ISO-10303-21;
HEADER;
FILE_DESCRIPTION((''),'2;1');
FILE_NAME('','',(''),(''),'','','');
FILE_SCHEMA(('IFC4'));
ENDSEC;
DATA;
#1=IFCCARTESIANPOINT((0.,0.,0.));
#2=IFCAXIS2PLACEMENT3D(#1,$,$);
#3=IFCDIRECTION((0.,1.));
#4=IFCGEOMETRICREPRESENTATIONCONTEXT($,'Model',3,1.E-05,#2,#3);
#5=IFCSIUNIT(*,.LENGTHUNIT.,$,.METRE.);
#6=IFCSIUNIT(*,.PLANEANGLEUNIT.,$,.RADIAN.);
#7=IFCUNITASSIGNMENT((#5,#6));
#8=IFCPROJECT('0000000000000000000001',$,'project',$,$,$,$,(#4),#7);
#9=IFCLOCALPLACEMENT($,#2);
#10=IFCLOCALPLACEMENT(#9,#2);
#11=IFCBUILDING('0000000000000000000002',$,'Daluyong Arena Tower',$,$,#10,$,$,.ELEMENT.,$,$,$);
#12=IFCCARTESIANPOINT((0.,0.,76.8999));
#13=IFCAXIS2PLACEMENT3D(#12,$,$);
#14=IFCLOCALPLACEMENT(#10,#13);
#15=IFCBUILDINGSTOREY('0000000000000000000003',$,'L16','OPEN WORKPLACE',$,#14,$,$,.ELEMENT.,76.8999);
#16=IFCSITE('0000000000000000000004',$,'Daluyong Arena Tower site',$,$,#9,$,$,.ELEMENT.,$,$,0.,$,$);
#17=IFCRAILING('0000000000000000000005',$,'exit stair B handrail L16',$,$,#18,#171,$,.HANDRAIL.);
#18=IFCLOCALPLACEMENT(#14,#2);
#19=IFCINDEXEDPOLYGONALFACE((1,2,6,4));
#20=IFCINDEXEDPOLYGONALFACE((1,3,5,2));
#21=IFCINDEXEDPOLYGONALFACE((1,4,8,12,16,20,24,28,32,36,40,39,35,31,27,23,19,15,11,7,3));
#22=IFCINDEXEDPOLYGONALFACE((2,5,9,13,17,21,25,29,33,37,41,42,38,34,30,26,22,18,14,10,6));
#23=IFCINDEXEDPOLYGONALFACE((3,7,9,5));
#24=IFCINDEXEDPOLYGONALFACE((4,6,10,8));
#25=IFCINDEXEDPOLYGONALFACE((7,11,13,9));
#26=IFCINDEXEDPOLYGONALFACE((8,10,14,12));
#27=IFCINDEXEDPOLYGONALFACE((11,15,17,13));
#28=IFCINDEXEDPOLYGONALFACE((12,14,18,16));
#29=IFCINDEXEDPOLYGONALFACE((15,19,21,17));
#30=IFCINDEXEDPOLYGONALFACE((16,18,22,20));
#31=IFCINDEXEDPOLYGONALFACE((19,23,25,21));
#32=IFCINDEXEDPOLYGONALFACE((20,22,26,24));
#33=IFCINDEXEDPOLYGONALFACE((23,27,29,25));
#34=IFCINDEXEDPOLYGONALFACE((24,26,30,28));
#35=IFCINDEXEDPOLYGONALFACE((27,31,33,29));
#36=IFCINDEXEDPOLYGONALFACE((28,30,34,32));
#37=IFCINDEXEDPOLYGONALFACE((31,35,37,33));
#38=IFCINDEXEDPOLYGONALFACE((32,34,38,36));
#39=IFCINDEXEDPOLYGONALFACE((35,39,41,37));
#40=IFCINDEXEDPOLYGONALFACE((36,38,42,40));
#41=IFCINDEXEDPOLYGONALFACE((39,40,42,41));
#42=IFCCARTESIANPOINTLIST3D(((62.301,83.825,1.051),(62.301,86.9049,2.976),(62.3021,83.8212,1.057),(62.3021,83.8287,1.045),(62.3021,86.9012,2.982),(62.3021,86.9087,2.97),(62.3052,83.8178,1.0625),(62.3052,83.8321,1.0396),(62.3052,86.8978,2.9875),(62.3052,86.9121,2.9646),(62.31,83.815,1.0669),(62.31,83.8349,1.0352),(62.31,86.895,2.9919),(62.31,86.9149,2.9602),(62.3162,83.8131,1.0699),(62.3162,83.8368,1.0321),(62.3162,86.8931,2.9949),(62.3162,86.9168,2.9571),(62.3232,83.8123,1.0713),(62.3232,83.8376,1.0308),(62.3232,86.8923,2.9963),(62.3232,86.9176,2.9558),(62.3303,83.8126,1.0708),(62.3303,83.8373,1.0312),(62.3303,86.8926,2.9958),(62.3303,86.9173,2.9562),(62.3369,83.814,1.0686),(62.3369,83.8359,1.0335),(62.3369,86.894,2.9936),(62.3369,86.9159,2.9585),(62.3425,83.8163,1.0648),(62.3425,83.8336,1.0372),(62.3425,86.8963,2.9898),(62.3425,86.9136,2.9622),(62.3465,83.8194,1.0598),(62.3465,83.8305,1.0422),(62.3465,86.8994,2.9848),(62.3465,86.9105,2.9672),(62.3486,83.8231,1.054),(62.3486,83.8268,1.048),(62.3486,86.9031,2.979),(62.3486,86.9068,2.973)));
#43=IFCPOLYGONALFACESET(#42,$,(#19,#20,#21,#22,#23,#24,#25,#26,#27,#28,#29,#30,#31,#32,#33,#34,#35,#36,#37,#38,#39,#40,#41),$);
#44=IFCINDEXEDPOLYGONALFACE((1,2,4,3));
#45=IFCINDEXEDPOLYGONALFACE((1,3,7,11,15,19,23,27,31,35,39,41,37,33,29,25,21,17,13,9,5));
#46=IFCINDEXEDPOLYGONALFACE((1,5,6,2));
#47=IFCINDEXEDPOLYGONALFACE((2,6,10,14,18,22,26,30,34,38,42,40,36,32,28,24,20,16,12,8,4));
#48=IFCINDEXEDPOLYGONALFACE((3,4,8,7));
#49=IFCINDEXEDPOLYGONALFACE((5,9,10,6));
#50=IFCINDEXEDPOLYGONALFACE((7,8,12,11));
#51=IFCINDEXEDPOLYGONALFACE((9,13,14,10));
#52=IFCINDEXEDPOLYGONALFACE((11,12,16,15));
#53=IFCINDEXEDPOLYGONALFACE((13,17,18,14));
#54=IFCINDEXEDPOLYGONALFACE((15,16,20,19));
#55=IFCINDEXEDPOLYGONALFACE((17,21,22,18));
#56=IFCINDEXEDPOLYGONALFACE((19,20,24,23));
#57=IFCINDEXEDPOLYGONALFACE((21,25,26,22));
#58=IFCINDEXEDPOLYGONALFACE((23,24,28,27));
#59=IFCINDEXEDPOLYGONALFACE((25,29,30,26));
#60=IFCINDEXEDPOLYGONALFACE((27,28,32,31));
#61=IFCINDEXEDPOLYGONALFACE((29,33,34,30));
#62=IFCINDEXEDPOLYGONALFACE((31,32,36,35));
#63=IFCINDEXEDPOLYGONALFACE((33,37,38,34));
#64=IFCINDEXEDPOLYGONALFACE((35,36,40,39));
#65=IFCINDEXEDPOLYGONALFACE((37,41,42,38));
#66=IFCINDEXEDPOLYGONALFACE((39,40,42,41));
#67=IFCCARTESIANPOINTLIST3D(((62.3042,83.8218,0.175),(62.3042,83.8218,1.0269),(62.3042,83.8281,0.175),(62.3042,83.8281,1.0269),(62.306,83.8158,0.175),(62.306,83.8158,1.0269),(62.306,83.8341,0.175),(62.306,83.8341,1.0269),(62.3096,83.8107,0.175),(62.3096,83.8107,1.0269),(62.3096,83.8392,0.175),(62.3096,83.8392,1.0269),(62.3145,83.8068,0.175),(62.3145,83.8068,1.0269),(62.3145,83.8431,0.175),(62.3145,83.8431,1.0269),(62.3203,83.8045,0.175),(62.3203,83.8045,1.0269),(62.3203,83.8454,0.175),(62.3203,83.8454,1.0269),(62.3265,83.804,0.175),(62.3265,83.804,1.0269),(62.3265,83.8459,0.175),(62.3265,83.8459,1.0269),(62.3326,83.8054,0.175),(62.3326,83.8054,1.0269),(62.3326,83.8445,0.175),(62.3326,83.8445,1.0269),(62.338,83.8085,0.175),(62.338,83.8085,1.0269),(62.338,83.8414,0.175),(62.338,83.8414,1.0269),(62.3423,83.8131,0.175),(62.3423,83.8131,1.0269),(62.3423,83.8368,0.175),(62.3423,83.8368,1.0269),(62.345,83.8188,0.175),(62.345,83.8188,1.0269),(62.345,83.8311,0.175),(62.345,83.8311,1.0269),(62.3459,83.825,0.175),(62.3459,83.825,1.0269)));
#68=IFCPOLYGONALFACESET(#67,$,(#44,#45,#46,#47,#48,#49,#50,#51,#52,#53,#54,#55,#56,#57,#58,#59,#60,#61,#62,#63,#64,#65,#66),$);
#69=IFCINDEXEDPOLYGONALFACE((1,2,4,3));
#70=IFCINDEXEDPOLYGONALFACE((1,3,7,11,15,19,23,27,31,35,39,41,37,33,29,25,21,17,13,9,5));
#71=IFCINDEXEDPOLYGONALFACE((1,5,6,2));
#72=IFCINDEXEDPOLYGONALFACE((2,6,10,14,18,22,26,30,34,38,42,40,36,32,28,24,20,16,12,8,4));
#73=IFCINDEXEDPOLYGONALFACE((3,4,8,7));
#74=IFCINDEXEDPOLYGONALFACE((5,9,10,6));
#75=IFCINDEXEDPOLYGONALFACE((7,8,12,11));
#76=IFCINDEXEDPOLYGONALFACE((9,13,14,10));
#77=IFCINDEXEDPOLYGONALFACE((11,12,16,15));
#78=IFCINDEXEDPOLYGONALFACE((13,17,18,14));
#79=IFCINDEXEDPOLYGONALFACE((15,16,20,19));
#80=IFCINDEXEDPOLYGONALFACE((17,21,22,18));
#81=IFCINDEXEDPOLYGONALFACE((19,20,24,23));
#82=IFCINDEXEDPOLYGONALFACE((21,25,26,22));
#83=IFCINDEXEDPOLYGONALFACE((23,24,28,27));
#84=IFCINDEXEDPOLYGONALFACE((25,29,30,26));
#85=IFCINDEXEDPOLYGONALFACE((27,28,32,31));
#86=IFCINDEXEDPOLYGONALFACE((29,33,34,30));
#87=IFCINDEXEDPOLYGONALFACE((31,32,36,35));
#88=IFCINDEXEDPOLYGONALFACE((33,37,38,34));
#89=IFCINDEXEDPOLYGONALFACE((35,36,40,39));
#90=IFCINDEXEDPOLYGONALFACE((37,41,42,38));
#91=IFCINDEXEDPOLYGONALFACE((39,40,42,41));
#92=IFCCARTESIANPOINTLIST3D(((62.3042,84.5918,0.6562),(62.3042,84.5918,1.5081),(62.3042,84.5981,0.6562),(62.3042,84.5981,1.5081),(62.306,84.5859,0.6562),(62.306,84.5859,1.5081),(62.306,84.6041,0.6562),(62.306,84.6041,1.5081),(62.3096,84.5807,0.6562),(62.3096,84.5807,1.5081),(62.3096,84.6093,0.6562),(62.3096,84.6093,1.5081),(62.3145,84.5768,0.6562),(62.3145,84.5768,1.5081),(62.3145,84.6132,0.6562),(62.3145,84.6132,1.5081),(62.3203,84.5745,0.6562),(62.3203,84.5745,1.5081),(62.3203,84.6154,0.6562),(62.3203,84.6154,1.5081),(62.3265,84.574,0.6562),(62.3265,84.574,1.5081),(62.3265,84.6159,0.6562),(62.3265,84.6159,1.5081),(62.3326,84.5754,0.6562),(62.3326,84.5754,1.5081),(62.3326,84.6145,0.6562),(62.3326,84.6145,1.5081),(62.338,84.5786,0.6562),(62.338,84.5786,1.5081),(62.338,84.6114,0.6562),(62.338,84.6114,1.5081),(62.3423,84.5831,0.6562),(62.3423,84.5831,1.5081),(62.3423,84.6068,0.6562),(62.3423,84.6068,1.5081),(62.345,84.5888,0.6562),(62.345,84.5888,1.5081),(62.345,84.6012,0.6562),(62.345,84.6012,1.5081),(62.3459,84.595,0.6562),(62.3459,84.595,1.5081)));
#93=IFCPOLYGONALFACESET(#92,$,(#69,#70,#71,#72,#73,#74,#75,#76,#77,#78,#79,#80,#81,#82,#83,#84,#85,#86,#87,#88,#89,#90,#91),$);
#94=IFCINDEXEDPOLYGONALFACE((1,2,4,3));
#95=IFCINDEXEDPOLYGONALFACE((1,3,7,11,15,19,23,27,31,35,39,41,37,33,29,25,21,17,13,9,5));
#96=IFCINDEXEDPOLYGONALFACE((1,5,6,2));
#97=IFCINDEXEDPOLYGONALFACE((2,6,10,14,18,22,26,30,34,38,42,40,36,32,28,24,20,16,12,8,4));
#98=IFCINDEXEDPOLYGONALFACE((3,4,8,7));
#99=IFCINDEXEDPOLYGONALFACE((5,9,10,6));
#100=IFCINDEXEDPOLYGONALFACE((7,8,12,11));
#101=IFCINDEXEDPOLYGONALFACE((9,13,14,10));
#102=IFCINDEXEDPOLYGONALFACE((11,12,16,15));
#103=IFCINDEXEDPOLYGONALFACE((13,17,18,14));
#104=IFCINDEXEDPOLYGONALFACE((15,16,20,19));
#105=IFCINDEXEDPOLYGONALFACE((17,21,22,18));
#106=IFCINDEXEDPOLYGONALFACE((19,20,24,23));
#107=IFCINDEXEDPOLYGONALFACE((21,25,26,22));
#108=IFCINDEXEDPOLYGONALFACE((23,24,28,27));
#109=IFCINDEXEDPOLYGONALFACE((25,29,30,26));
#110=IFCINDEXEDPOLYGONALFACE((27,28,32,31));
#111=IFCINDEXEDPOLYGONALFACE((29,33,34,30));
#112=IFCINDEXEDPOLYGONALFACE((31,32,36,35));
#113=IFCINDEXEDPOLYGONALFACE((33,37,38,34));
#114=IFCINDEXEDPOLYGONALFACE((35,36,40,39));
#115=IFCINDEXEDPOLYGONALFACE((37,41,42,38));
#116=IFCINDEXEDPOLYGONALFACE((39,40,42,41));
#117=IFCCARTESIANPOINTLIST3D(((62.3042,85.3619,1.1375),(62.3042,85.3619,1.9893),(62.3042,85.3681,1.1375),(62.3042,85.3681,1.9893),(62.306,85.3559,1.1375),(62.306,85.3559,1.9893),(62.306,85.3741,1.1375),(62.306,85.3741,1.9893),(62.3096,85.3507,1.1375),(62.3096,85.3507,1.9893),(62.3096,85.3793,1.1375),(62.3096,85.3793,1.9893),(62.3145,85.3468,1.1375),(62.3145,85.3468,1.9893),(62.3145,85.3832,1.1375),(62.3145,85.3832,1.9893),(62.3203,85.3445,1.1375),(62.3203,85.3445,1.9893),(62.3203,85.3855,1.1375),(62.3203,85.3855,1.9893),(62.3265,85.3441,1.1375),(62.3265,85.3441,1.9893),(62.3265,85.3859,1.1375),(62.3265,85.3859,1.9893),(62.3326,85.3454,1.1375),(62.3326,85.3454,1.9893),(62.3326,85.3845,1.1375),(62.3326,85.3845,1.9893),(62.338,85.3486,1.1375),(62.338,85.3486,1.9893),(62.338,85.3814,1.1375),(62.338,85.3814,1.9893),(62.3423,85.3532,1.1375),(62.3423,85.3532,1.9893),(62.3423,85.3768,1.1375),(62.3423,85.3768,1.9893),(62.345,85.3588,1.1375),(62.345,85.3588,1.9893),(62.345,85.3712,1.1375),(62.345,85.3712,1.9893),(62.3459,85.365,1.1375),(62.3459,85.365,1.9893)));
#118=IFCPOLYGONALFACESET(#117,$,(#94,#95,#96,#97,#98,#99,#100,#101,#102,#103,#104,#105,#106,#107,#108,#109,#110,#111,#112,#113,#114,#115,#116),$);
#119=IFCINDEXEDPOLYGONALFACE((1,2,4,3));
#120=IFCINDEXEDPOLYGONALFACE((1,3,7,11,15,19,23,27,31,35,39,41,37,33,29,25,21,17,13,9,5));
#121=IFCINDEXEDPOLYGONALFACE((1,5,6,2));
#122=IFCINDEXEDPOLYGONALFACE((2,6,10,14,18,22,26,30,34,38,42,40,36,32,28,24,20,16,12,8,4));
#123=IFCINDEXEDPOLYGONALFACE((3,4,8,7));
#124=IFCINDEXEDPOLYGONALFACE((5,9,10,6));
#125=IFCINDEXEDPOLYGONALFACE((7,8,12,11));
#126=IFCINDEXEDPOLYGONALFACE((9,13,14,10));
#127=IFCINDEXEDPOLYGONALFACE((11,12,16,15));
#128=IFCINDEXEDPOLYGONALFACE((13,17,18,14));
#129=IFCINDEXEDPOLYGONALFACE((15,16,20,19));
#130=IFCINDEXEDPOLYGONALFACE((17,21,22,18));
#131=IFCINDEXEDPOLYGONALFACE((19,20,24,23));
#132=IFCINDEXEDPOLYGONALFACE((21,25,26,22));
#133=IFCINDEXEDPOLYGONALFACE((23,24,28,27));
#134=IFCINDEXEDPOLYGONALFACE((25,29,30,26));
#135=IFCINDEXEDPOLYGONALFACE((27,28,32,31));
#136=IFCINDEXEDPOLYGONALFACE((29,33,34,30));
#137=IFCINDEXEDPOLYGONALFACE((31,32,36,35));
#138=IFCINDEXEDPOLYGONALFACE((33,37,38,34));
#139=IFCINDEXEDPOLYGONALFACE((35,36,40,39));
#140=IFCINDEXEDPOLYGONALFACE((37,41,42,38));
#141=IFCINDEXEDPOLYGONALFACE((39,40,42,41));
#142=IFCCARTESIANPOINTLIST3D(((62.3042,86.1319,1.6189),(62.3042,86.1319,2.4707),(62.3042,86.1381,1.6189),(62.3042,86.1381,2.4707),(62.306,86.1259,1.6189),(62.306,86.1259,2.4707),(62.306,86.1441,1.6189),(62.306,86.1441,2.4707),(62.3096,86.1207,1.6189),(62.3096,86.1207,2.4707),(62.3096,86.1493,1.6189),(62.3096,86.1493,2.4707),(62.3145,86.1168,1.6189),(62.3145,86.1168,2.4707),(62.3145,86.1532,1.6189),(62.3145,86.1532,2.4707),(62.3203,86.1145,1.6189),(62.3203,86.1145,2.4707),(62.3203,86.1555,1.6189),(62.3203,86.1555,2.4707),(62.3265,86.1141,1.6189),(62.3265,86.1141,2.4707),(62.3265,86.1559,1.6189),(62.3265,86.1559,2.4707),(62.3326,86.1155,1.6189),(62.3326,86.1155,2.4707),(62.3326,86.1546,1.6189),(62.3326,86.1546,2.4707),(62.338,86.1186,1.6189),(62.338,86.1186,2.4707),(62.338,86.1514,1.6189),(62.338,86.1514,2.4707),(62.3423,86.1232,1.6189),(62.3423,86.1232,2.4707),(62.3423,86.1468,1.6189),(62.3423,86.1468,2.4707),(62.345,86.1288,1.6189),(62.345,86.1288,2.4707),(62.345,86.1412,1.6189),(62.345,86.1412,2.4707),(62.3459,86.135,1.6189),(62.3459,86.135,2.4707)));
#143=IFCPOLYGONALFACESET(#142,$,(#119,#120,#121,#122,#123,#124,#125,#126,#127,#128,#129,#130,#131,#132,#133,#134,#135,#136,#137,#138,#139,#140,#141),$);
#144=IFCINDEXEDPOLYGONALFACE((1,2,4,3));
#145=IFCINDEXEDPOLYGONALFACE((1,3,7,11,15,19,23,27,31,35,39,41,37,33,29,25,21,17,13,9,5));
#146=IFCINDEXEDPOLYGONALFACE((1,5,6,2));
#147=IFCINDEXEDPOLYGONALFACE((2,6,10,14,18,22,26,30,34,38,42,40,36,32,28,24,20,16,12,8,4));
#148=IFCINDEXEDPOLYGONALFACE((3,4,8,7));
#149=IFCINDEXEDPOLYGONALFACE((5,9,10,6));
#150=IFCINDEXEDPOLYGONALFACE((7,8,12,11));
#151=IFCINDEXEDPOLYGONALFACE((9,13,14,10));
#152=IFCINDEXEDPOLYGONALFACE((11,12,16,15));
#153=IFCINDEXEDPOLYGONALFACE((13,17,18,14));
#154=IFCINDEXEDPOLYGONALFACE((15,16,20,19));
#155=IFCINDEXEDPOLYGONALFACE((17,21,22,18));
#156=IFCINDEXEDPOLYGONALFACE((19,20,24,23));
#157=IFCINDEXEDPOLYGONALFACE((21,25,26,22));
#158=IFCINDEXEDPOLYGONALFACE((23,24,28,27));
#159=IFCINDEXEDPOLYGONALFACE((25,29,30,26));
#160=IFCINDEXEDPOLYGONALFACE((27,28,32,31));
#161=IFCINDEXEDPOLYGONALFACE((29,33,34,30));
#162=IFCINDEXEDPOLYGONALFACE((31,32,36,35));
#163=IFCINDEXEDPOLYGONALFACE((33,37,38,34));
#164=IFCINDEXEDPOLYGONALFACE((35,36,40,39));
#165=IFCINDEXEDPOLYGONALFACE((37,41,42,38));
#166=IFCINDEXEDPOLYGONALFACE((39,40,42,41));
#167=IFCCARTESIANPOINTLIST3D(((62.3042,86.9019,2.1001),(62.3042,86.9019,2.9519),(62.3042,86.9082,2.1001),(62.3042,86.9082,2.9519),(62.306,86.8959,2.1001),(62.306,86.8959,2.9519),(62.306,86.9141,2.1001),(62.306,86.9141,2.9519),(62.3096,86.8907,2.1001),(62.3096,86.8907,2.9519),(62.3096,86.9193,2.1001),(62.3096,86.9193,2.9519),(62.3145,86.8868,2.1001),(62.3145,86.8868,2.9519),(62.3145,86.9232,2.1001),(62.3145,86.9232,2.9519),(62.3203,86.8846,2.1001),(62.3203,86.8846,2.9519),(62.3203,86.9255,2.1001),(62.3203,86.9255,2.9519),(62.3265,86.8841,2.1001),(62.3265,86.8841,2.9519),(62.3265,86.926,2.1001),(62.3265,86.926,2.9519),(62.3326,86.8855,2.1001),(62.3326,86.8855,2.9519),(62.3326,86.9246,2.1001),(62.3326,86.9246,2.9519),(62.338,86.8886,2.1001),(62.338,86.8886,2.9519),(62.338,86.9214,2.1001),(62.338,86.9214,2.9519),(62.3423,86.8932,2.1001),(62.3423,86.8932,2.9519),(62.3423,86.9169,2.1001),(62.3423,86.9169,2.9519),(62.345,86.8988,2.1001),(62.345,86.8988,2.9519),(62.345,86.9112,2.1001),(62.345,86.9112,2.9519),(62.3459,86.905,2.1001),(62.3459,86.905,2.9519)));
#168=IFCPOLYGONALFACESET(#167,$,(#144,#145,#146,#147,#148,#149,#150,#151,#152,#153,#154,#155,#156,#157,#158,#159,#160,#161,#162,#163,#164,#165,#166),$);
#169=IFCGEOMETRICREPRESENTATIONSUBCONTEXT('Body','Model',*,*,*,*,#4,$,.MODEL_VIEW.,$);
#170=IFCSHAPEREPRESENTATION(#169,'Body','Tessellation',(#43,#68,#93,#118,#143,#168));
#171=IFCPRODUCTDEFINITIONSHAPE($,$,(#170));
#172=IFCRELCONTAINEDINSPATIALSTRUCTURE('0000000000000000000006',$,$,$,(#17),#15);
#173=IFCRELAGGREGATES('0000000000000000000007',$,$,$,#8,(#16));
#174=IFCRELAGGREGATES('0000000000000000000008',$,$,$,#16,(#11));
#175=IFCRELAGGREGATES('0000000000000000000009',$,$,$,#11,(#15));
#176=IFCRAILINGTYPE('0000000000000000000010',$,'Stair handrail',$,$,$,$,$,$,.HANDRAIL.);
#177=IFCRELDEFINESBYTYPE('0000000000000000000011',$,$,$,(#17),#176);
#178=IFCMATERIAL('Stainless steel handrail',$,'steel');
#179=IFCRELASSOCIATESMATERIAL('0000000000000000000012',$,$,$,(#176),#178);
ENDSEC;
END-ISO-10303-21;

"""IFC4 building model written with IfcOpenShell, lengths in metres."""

from ifc_helpers import new_model, si_unit, direction, frame, origin, origin_2d, place, context, subcontext, project, spatial, circle, extrude, material, type_object, element, save


model = new_model("IFC4")

# Units and contexts
model_context = context("Model", 3, precision=1e-05, world=origin(), true_north=direction((0.0, 1.0)))
body_context = subcontext(model_context, "Body", "Model", "MODEL_VIEW")
ifc_project = project(units=[si_unit("LENGTHUNIT", "METRE"), si_unit("PLANEANGLEUNIT", "RADIAN")], contexts=[model_context])

# Site, building, storey
site_placement = place(None, origin())
site = spatial("IfcSite", under=ifc_project, at=site_placement, Name="Daluyong Arena Tower site", CompositionType="ELEMENT", RefElevation=0.0)
building_placement = place(site_placement, origin())
building = spatial("IfcBuilding", under=site, at=building_placement, Name="Daluyong Arena Tower", CompositionType="ELEMENT")
storey_placement = place(building_placement, frame((0.0, 0.0, 76.8999)))
storey = spatial("IfcBuildingStorey", under=building, at=storey_placement, Name="L16", Description="OPEN WORKPLACE", CompositionType="ELEMENT", Elevation=76.8999)

# Railing
ifc_material_1 = material(Name="Stainless steel handrail", Category="steel")
railing_type_1 = type_object("IfcRailingType", Name="Stair handrail", PredefinedType="HANDRAIL", material=ifc_material_1)
railing_1_placement = place(storey_placement, frame((62.325, 83.825, 0.175)))
element("IfcRailing", 1, at=railing_1_placement, inside=storey, type_object=railing_type_1, Name="exit stair B handrail L16", PredefinedType="HANDRAIL", context=body_context, shape_type="SweptSolid", body=[
    extrude(circle(Radius=0.0239, at=origin_2d()), frame((0.0, 0.0, 0.876), z_axis=(0.0, 0.847998, 0.529999), x_axis=(-1.0, 0.0, 0.0)), (0.0, 0.0, 1.0), 3.6321),
    extrude(circle(Radius=0.021, at=origin_2d()), origin(), (0.0, 0.0, 1.0), 0.8518),
    extrude(circle(Radius=0.021, at=origin_2d()), frame((0.0, 0.77, 0.4812)), (0.0, 0.0, 1.0), 0.8518),
    extrude(circle(Radius=0.021, at=origin_2d()), frame((0.0, 1.54, 0.9624)), (0.0, 0.0, 1.0), 0.8518),
    extrude(circle(Radius=0.021, at=origin_2d()), frame((0.0, 2.3101, 1.4438)), (0.0, 0.0, 1.0), 0.8518),
    extrude(circle(Radius=0.021, at=origin_2d()), frame((0.0, 3.0801, 1.925)), (0.0, 0.0, 1.0), 0.8518),
])

save(model, "model.ifc")
